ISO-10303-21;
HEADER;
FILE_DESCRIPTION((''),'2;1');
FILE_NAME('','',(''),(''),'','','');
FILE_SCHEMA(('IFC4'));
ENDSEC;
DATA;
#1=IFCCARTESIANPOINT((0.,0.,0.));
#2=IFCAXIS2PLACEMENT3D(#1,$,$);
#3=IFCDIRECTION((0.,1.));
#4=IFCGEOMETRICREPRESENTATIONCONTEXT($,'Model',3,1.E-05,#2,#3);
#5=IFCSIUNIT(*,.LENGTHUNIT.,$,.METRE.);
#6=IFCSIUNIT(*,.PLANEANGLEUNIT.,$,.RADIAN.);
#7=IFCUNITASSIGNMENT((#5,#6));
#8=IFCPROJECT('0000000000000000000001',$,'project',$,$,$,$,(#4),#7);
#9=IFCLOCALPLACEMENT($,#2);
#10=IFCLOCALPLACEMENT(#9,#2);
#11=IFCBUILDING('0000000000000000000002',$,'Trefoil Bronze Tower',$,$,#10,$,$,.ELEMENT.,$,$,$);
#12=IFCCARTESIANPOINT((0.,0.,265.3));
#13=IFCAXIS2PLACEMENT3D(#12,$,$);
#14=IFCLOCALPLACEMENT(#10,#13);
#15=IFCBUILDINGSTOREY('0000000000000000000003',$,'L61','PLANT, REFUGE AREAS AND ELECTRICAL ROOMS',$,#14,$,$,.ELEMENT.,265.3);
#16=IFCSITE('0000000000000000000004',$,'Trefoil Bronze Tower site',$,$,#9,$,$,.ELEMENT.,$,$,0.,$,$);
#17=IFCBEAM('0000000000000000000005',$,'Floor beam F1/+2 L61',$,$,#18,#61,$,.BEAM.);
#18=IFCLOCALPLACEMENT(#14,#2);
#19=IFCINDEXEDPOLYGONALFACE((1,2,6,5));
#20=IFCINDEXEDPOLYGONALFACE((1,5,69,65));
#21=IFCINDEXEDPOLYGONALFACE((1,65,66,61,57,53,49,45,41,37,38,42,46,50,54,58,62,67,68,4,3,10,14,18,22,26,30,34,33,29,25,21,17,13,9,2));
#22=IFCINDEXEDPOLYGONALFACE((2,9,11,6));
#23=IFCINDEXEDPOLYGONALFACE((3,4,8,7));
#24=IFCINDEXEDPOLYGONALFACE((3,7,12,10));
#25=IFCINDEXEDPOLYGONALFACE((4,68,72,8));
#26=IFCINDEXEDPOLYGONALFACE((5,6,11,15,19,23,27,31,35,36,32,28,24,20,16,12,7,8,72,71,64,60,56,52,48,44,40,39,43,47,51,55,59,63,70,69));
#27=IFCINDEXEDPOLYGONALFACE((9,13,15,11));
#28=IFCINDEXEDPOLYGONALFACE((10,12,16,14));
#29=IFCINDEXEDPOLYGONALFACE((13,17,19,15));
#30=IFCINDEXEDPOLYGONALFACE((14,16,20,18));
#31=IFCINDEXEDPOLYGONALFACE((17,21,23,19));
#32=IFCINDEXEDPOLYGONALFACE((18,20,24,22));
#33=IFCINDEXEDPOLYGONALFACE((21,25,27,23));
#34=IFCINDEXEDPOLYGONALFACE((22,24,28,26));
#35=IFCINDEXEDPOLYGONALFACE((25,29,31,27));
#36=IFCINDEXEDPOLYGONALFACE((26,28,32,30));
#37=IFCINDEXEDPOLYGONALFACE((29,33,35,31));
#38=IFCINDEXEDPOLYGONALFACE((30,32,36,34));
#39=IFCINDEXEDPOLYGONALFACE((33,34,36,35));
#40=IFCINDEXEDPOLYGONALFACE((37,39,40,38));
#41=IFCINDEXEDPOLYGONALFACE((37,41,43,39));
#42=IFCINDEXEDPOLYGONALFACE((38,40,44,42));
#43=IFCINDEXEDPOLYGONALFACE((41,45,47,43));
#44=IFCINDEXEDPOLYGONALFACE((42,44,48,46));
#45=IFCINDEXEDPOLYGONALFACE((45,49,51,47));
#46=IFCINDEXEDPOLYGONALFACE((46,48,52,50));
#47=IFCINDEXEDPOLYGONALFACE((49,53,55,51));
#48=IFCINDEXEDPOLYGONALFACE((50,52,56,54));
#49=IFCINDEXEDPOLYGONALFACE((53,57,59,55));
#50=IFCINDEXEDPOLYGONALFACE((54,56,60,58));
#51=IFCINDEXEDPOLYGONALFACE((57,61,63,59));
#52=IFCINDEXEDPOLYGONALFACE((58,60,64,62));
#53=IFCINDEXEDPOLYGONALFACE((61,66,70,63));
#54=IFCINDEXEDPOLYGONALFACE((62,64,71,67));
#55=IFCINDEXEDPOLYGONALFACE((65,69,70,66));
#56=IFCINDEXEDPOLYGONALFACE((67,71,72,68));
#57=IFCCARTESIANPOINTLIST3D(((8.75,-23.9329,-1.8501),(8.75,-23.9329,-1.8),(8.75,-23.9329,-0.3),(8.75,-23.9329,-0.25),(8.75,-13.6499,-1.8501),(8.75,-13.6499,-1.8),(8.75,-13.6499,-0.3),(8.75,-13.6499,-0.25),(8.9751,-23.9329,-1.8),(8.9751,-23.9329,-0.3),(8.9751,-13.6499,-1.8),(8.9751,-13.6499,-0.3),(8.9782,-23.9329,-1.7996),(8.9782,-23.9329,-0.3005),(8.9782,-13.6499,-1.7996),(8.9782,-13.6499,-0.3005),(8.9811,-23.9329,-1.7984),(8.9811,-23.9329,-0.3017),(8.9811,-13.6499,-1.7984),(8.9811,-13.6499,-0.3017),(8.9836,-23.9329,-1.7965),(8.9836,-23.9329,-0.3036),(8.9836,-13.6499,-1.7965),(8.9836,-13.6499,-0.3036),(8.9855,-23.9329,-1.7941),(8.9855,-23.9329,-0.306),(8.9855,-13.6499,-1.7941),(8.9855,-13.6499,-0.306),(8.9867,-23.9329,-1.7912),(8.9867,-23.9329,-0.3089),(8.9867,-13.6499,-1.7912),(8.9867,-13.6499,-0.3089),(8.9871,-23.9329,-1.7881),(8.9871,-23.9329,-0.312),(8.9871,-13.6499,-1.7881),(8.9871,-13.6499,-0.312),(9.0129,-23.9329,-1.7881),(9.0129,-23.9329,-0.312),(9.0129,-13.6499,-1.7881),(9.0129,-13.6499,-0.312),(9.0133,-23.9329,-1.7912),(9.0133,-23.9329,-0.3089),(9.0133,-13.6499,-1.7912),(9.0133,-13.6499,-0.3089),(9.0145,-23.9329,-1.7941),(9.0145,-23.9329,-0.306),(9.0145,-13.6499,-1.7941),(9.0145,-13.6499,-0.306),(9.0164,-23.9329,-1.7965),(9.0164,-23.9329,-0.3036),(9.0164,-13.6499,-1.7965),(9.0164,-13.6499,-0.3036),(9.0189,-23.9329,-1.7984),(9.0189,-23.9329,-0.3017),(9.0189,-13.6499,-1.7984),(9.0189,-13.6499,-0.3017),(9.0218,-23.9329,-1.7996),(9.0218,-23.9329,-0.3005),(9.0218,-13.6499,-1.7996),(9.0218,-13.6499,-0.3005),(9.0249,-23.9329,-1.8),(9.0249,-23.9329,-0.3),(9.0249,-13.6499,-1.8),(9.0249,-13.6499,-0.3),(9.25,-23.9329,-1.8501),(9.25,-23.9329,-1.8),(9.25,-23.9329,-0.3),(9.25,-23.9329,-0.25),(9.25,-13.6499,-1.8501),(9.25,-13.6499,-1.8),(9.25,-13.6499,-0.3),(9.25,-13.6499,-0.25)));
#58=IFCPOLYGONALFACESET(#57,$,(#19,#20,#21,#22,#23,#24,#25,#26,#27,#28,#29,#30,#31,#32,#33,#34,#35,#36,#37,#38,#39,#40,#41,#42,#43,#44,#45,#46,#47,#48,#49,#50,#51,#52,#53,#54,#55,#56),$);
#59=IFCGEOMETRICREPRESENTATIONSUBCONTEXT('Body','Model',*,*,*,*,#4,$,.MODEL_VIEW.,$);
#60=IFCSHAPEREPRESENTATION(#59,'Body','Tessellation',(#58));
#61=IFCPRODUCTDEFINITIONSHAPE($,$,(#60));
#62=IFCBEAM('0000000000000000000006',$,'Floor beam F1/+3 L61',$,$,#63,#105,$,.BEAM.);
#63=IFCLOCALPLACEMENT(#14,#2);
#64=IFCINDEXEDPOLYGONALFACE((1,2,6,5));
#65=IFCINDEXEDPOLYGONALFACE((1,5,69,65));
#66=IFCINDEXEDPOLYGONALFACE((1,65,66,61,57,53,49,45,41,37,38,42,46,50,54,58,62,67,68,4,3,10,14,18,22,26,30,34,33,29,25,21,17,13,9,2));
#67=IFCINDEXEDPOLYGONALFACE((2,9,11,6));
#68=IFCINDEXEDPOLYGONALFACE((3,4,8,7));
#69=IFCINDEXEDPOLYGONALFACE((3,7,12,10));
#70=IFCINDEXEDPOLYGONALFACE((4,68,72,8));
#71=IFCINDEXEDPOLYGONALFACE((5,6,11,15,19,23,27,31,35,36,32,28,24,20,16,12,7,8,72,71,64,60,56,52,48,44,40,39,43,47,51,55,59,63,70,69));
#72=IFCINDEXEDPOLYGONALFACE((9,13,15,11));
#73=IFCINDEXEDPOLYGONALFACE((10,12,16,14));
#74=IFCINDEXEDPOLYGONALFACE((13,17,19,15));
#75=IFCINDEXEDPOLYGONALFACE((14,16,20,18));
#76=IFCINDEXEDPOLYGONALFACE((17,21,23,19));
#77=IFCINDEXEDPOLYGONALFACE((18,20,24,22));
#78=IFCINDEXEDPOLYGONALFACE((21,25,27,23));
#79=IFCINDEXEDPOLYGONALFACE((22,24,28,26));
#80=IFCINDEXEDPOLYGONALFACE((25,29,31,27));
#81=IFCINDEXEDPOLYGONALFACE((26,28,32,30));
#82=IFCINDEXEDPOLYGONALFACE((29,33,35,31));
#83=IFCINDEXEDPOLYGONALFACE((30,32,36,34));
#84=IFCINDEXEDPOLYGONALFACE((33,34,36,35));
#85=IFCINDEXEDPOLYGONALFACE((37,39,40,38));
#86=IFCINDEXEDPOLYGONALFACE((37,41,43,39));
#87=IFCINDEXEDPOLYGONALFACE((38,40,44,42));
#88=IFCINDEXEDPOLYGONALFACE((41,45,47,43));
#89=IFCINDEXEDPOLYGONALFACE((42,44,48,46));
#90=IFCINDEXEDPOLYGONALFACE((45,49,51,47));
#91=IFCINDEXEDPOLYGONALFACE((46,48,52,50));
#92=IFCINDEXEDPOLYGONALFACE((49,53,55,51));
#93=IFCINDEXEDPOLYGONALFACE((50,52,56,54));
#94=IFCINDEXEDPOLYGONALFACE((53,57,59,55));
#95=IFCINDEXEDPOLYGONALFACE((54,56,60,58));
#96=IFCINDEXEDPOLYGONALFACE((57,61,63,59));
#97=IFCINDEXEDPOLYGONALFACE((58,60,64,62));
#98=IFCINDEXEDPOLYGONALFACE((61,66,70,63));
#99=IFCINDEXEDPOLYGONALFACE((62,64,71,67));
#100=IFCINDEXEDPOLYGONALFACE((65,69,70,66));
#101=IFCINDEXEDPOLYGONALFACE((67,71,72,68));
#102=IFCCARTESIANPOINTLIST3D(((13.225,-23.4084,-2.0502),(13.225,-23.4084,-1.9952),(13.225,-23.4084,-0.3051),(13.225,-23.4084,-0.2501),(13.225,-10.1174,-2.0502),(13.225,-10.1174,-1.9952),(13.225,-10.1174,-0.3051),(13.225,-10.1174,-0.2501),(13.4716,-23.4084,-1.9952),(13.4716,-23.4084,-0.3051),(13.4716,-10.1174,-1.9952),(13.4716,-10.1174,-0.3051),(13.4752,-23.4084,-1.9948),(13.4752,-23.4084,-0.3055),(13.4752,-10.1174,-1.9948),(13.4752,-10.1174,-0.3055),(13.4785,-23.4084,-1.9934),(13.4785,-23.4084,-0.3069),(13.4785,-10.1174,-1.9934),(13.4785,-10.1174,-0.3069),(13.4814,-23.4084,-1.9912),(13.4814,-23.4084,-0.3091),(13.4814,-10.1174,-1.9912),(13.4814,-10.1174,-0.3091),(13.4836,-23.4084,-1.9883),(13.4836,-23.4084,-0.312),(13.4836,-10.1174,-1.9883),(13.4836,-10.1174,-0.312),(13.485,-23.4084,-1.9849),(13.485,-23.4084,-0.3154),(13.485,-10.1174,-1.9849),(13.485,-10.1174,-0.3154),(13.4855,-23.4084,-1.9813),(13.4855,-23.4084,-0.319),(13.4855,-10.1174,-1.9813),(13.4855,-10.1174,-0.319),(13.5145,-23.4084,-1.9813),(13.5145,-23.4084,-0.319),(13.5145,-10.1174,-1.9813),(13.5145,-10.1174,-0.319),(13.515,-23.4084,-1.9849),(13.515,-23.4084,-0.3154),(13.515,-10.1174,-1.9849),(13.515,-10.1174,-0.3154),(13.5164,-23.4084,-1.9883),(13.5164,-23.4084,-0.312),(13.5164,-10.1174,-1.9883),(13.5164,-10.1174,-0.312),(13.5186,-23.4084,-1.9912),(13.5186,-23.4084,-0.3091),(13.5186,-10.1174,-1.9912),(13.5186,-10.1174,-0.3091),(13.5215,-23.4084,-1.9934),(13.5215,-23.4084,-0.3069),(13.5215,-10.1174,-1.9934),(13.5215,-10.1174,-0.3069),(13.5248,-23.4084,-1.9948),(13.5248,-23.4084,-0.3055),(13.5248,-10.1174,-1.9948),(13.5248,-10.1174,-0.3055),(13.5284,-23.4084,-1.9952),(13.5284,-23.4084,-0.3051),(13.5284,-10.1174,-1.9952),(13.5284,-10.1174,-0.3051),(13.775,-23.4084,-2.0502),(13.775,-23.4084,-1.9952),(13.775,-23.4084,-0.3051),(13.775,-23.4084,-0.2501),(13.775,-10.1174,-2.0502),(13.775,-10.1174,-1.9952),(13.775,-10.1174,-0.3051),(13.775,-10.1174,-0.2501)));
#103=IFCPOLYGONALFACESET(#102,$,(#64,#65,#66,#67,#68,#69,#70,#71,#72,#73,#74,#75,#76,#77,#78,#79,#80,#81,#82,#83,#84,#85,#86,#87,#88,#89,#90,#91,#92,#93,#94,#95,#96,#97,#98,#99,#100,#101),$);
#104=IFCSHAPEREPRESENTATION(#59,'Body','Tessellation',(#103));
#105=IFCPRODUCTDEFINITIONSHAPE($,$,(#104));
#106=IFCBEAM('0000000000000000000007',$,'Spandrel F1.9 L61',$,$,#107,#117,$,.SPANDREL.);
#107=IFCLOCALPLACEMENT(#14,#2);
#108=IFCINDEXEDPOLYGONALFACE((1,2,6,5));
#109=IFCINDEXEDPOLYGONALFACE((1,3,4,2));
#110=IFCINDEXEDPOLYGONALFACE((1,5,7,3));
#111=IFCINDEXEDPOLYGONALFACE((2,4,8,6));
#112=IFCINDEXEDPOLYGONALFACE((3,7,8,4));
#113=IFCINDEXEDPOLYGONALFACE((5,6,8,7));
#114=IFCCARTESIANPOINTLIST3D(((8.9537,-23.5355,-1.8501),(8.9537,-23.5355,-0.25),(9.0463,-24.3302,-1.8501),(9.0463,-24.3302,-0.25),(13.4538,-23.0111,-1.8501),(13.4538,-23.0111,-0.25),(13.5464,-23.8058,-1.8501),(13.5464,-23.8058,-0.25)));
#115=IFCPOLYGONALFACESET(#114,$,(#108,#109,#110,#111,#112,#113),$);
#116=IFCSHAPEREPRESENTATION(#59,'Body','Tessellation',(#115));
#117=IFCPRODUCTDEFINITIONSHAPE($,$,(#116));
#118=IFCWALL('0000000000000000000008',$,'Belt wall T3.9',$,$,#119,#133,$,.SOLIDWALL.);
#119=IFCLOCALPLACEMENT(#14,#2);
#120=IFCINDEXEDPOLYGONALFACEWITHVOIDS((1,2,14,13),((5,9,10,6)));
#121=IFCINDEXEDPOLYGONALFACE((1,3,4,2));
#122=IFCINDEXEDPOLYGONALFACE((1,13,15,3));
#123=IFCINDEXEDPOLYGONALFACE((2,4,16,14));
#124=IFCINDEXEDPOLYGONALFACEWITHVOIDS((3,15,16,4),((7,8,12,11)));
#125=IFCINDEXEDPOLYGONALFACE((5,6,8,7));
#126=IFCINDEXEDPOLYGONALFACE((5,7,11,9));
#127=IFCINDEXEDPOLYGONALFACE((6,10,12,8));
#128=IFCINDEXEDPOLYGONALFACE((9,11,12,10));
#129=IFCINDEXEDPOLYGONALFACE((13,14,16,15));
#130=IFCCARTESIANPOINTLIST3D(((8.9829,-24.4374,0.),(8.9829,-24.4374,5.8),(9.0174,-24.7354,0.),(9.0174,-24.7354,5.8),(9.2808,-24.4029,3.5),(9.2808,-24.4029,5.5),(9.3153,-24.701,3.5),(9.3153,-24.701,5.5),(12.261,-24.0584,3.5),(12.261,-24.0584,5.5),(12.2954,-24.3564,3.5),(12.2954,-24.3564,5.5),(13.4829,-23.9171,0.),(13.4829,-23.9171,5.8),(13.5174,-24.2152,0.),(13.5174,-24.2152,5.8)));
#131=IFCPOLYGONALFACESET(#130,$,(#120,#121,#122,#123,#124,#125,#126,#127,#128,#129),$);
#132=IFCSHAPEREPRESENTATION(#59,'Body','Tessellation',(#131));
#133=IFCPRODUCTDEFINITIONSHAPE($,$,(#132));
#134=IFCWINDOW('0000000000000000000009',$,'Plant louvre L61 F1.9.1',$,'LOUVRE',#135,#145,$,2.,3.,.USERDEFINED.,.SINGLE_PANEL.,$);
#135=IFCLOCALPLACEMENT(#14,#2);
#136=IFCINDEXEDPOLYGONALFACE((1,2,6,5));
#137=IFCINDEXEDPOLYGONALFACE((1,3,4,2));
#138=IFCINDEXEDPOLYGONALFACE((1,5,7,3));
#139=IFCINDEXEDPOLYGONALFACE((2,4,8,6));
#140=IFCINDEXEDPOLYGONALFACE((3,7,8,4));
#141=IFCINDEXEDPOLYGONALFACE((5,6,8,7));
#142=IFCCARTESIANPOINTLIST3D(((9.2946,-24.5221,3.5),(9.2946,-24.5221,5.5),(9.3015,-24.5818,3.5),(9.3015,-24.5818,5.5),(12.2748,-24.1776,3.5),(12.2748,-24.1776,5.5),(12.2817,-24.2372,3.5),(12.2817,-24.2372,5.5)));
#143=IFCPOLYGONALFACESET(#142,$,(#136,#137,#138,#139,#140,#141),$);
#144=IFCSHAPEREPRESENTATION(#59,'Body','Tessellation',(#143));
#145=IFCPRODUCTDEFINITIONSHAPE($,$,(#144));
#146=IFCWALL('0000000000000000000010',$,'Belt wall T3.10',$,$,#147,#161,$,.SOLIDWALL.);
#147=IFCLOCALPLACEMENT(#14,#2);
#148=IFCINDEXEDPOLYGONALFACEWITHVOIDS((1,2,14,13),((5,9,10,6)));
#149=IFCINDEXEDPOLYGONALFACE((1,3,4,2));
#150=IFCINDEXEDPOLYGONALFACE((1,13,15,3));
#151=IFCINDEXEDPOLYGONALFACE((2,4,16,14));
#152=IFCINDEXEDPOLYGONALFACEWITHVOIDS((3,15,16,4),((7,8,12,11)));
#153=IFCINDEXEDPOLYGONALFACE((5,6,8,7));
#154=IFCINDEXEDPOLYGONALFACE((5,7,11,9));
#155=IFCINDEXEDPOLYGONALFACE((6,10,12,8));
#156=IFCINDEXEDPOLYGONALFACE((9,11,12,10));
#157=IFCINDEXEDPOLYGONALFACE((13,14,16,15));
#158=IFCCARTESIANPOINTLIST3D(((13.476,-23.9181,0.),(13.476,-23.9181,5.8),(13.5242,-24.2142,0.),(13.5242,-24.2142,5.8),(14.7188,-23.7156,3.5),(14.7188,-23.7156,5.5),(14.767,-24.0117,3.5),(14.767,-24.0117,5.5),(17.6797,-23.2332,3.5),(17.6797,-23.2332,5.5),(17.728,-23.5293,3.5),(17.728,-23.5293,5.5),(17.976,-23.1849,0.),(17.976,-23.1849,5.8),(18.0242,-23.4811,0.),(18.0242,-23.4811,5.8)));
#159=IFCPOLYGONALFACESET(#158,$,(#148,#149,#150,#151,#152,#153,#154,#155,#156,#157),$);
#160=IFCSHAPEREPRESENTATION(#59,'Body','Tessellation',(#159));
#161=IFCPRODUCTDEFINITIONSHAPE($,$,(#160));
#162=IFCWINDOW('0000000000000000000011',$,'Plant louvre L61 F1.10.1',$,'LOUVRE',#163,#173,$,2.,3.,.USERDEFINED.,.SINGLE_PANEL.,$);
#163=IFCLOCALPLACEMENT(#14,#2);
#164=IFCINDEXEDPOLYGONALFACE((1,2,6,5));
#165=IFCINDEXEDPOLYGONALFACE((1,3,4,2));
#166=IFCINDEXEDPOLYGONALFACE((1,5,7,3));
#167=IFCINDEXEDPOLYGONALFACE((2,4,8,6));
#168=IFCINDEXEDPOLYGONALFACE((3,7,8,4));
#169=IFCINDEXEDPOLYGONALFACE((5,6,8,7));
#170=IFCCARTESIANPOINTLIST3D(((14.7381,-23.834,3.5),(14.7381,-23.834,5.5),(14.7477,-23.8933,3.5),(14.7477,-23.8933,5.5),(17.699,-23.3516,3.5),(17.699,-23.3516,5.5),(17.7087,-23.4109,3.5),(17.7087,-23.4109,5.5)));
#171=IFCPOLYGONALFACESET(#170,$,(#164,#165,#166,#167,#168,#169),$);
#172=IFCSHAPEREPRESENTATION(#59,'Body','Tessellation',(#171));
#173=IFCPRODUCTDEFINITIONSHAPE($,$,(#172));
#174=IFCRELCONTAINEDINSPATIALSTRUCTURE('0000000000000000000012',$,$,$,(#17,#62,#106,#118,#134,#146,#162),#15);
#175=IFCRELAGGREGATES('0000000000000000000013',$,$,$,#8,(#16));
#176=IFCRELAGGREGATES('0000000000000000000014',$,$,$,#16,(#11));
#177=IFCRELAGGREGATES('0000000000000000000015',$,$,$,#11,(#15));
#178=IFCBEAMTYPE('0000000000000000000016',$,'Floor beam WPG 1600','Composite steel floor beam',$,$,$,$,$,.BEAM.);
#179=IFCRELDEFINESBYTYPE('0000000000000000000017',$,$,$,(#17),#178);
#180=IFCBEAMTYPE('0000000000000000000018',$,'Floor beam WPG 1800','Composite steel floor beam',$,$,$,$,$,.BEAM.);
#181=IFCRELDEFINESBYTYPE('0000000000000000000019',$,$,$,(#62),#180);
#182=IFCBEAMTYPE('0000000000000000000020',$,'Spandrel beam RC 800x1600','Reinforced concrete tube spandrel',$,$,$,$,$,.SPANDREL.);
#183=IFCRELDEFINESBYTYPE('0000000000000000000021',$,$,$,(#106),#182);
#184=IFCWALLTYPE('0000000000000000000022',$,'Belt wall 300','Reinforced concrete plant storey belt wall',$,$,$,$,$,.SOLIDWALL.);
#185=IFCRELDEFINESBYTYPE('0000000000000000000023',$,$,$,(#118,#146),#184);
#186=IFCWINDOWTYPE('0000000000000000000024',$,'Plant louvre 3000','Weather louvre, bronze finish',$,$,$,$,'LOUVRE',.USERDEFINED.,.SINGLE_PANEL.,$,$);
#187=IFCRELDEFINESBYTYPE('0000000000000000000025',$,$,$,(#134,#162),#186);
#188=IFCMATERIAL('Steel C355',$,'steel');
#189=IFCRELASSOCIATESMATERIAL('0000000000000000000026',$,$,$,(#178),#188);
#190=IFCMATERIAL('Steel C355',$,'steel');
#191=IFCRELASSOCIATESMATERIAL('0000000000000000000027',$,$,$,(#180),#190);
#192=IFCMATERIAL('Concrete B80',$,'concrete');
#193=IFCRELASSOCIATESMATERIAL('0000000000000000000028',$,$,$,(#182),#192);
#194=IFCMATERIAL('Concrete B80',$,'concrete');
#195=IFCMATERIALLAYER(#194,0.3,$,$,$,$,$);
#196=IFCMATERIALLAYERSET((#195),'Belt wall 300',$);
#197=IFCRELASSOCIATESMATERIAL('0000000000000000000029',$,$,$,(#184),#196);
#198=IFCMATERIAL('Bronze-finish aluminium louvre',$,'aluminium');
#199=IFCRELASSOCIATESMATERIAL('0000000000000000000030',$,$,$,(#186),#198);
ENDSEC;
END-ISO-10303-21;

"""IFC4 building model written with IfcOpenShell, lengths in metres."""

from ifc_helpers import new_model, si_unit, direction, frame, frame_2d, origin, origin_2d, place, context, subcontext, project, spatial, rectangle, i_section, extrude, material, layer, layer_set, material_profile, profile_set, type_object, element, fill, save


model = new_model("IFC4")

# Units and contexts
model_context = context("Model", 3, precision=1e-05, world=origin(), true_north=direction((0.0, 1.0)))
body_context = subcontext(model_context, "Body", "Model", "MODEL_VIEW")
ifc_project = project(units=[si_unit("LENGTHUNIT", "METRE"), si_unit("PLANEANGLEUNIT", "RADIAN")], contexts=[model_context])

# Site, building, storey
site_placement = place(None, origin())
site = spatial("IfcSite", under=ifc_project, at=site_placement, Name="Trefoil Bronze Tower site", CompositionType="ELEMENT", RefElevation=0.0)
building_placement = place(site_placement, origin())
building = spatial("IfcBuilding", under=site, at=building_placement, Name="Trefoil Bronze Tower", CompositionType="ELEMENT")
storey_placement = place(building_placement, frame((0.0, 0.0, 265.3)))
storey = spatial("IfcBuildingStorey", under=building, at=storey_placement, Name="L61", Description="PLANT, REFUGE AREAS AND ELECTRICAL ROOMS", CompositionType="ELEMENT", Elevation=265.3)

# Beams
ifc_material_1 = material(Name="Steel C355", Category="steel")
ifc_material_profile_1 = material_profile(ifc_material_1, i_section(OverallWidth=0.5, OverallDepth=1.6001, WebThickness=0.0259, FlangeThickness=0.05, FilletRadius=0.012, at=origin_2d()), Name="WPG 1600")
ifc_profile_set_1 = profile_set([ifc_material_profile_1], Name="Steel C355")
beam_type_1 = type_object("IfcBeamType", Name="Floor beam WPG 1600", Description="Composite steel floor beam", PredefinedType="BEAM", material=ifc_profile_set_1)
beam_1_placement = place(storey_placement, frame((9.0, -23.9329, -1.05), z_axis=(0.0, 1.0, 0.0), x_axis=(-1.0, 0.0, 0.0)))
element("IfcBeam", 1, at=beam_1_placement, inside=storey, type_object=beam_type_1, Name="Floor beam F1/+2 L61", PredefinedType="BEAM", context=body_context, shape_type="SweptSolid", body=[
    extrude(i_section(OverallWidth=0.5, OverallDepth=1.6001, WebThickness=0.0259, FlangeThickness=0.05, FilletRadius=0.012, at=origin_2d()), origin(), (0.0, 0.0, 1.0), 10.283),
])
ifc_material_2 = material(Name="Steel C355", Category="steel")
ifc_material_profile_2 = material_profile(ifc_material_2, i_section(OverallWidth=0.55, OverallDepth=1.8, WebThickness=0.0291, FlangeThickness=0.0549, FilletRadius=0.0139, at=origin_2d()), Name="WPG 1800")
ifc_profile_set_2 = profile_set([ifc_material_profile_2], Name="Steel C355")
beam_type_2 = type_object("IfcBeamType", Name="Floor beam WPG 1800", Description="Composite steel floor beam", PredefinedType="BEAM", material=ifc_profile_set_2)
beam_2_placement = place(storey_placement, frame((13.5, -23.4084, -1.1501), z_axis=(0.0, 1.0, 0.0), x_axis=(-1.0, 0.0, 0.0)))
element("IfcBeam", 2, at=beam_2_placement, inside=storey, type_object=beam_type_2, Name="Floor beam F1/+3 L61", PredefinedType="BEAM", context=body_context, shape_type="SweptSolid", body=[
    extrude(i_section(OverallWidth=0.55, OverallDepth=1.8, WebThickness=0.0291, FlangeThickness=0.0549, FilletRadius=0.0139, at=origin_2d()), origin(), (0.0, 0.0, 1.0), 13.291),
])
ifc_material_3 = material(Name="Concrete B80", Category="concrete")
ifc_material_profile_3 = material_profile(ifc_material_3, rectangle(XDim=0.8, YDim=1.6001, at=origin_2d()), Name="RC 800x1600")
ifc_profile_set_3 = profile_set([ifc_material_profile_3], Name="Concrete B80")
beam_type_3 = type_object("IfcBeamType", Name="Spandrel beam RC 800x1600", Description="Reinforced concrete tube spandrel", PredefinedType="SPANDREL", material=ifc_profile_set_3)
beam_3_placement = place(storey_placement, frame((9.0, -23.9329, -1.05), z_axis=(0.993278, 0.115753, 0.0), x_axis=(-0.115753, 0.993278, 0.0)))
element("IfcBeam", 3, at=beam_3_placement, inside=storey, type_object=beam_type_3, Name="Spandrel F1.9 L61", PredefinedType="SPANDREL", context=body_context, shape_type="SweptSolid", body=[
    extrude(rectangle(XDim=0.8, YDim=1.6001, at=origin_2d()), origin(), (0.0, 0.0, 1.0), 4.5305),
])

# Walls, openings, windows
ifc_material_4 = material(Name="Concrete B80", Category="concrete")
ifc_layer_1 = layer(ifc_material_4, 0.3)
ifc_layer_set_1 = layer_set([ifc_layer_1], Name="Belt wall 300")
wall_type = type_object("IfcWallType", Name="Belt wall 300", Description="Reinforced concrete plant storey belt wall", PredefinedType="SOLIDWALL", material=ifc_layer_set_1)
wall_1_placement = place(storey_placement, frame((9.0, -24.5864, 0.0), z_axis=(0.0, 0.0, 1.0), x_axis=(0.993383, 0.114849, 0.0)))
wall_1 = element("IfcWall", 4, at=wall_1_placement, inside=storey, type_object=wall_type, Name="Belt wall T3.9", PredefinedType="SOLIDWALL", context=body_context, shape_type="SweptSolid", body=[
    extrude(rectangle(XDim=4.53, YDim=0.3, at=frame_2d((2.2651, 0.0))), origin(), (0.0, 0.0, 1.0), 5.8),
])
opening_1_placement = place(wall_1_placement, frame((0.3, 0.0, 3.5)))
opening_1 = element("IfcOpeningElement", 5, at=opening_1_placement, cuts=wall_1, PredefinedType="OPENING", context=body_context, shape_type="SweptSolid", body=[
    extrude(rectangle(XDim=3.0, YDim=2.0, at=frame_2d((1.5, 1.0))), frame((0.0, 0.1599, 0.0), z_axis=(0.0, -1.0, 0.0), x_axis=(1.0, 0.0, 0.0)), (0.0, 0.0, 1.0), 0.3201),
])
ifc_material_5 = material(Name="Bronze-finish aluminium louvre", Category="aluminium")
window_type = type_object("IfcWindowType", Name="Plant louvre 3000", Description="Weather louvre, bronze finish", ElementType="LOUVRE", PartitioningType="SINGLE_PANEL", PredefinedType="USERDEFINED", material=ifc_material_5)
window_1_placement = place(opening_1_placement, origin())
window_1 = element("IfcWindow", 6, at=window_1_placement, inside=storey, type_object=window_type, Name="Plant louvre L61 F1.9.1", ObjectType="LOUVRE", OverallHeight=2.0, OverallWidth=3.0, PartitioningType="SINGLE_PANEL", PredefinedType="USERDEFINED", context=body_context, shape_type="SweptSolid", body=[
    extrude(rectangle(XDim=3.0, YDim=2.0, at=frame_2d((1.5, 1.0))), frame((0.0, 0.03, 0.0), z_axis=(0.0, -1.0, 0.0), x_axis=(1.0, 0.0, 0.0)), (0.0, 0.0, 1.0), 0.0601),
])
fill(opening_1, window_1)
wall_2_placement = place(storey_placement, frame((13.5, -24.0662, 0.0), z_axis=(0.0, 0.0, 1.0), x_axis=(0.986987, 0.160803, 0.0)))
wall_2 = element("IfcWall", 7, at=wall_2_placement, inside=storey, type_object=wall_type, Name="Belt wall T3.10", PredefinedType="SOLIDWALL", context=body_context, shape_type="SweptSolid", body=[
    extrude(rectangle(XDim=4.5593, YDim=0.3, at=frame_2d((2.2798, 0.0))), origin(), (0.0, 0.0, 1.0), 5.8),
])
opening_2_placement = place(wall_2_placement, frame((1.2593, 0.0, 3.5)))
opening_2 = element("IfcOpeningElement", 8, at=opening_2_placement, cuts=wall_2, PredefinedType="OPENING", context=body_context, shape_type="SweptSolid", body=[
    extrude(rectangle(XDim=3.0, YDim=2.0, at=frame_2d((1.5, 1.0))), frame((0.0, 0.1599, 0.0), z_axis=(0.0, -1.0, 0.0), x_axis=(1.0, 0.0, 0.0)), (0.0, 0.0, 1.0), 0.3201),
])
window_2_placement = place(opening_2_placement, origin())
window_2 = element("IfcWindow", 9, at=window_2_placement, inside=storey, type_object=window_type, Name="Plant louvre L61 F1.10.1", ObjectType="LOUVRE", OverallHeight=2.0, OverallWidth=3.0, PartitioningType="SINGLE_PANEL", PredefinedType="USERDEFINED", context=body_context, shape_type="SweptSolid", body=[
    extrude(rectangle(XDim=3.0, YDim=2.0, at=frame_2d((1.5, 1.0))), frame((0.0, 0.03, 0.0), z_axis=(0.0, -1.0, 0.0), x_axis=(1.0, 0.0, 0.0)), (0.0, 0.0, 1.0), 0.0601),
])
fill(opening_2, window_2)

save(model, "model.ifc")
